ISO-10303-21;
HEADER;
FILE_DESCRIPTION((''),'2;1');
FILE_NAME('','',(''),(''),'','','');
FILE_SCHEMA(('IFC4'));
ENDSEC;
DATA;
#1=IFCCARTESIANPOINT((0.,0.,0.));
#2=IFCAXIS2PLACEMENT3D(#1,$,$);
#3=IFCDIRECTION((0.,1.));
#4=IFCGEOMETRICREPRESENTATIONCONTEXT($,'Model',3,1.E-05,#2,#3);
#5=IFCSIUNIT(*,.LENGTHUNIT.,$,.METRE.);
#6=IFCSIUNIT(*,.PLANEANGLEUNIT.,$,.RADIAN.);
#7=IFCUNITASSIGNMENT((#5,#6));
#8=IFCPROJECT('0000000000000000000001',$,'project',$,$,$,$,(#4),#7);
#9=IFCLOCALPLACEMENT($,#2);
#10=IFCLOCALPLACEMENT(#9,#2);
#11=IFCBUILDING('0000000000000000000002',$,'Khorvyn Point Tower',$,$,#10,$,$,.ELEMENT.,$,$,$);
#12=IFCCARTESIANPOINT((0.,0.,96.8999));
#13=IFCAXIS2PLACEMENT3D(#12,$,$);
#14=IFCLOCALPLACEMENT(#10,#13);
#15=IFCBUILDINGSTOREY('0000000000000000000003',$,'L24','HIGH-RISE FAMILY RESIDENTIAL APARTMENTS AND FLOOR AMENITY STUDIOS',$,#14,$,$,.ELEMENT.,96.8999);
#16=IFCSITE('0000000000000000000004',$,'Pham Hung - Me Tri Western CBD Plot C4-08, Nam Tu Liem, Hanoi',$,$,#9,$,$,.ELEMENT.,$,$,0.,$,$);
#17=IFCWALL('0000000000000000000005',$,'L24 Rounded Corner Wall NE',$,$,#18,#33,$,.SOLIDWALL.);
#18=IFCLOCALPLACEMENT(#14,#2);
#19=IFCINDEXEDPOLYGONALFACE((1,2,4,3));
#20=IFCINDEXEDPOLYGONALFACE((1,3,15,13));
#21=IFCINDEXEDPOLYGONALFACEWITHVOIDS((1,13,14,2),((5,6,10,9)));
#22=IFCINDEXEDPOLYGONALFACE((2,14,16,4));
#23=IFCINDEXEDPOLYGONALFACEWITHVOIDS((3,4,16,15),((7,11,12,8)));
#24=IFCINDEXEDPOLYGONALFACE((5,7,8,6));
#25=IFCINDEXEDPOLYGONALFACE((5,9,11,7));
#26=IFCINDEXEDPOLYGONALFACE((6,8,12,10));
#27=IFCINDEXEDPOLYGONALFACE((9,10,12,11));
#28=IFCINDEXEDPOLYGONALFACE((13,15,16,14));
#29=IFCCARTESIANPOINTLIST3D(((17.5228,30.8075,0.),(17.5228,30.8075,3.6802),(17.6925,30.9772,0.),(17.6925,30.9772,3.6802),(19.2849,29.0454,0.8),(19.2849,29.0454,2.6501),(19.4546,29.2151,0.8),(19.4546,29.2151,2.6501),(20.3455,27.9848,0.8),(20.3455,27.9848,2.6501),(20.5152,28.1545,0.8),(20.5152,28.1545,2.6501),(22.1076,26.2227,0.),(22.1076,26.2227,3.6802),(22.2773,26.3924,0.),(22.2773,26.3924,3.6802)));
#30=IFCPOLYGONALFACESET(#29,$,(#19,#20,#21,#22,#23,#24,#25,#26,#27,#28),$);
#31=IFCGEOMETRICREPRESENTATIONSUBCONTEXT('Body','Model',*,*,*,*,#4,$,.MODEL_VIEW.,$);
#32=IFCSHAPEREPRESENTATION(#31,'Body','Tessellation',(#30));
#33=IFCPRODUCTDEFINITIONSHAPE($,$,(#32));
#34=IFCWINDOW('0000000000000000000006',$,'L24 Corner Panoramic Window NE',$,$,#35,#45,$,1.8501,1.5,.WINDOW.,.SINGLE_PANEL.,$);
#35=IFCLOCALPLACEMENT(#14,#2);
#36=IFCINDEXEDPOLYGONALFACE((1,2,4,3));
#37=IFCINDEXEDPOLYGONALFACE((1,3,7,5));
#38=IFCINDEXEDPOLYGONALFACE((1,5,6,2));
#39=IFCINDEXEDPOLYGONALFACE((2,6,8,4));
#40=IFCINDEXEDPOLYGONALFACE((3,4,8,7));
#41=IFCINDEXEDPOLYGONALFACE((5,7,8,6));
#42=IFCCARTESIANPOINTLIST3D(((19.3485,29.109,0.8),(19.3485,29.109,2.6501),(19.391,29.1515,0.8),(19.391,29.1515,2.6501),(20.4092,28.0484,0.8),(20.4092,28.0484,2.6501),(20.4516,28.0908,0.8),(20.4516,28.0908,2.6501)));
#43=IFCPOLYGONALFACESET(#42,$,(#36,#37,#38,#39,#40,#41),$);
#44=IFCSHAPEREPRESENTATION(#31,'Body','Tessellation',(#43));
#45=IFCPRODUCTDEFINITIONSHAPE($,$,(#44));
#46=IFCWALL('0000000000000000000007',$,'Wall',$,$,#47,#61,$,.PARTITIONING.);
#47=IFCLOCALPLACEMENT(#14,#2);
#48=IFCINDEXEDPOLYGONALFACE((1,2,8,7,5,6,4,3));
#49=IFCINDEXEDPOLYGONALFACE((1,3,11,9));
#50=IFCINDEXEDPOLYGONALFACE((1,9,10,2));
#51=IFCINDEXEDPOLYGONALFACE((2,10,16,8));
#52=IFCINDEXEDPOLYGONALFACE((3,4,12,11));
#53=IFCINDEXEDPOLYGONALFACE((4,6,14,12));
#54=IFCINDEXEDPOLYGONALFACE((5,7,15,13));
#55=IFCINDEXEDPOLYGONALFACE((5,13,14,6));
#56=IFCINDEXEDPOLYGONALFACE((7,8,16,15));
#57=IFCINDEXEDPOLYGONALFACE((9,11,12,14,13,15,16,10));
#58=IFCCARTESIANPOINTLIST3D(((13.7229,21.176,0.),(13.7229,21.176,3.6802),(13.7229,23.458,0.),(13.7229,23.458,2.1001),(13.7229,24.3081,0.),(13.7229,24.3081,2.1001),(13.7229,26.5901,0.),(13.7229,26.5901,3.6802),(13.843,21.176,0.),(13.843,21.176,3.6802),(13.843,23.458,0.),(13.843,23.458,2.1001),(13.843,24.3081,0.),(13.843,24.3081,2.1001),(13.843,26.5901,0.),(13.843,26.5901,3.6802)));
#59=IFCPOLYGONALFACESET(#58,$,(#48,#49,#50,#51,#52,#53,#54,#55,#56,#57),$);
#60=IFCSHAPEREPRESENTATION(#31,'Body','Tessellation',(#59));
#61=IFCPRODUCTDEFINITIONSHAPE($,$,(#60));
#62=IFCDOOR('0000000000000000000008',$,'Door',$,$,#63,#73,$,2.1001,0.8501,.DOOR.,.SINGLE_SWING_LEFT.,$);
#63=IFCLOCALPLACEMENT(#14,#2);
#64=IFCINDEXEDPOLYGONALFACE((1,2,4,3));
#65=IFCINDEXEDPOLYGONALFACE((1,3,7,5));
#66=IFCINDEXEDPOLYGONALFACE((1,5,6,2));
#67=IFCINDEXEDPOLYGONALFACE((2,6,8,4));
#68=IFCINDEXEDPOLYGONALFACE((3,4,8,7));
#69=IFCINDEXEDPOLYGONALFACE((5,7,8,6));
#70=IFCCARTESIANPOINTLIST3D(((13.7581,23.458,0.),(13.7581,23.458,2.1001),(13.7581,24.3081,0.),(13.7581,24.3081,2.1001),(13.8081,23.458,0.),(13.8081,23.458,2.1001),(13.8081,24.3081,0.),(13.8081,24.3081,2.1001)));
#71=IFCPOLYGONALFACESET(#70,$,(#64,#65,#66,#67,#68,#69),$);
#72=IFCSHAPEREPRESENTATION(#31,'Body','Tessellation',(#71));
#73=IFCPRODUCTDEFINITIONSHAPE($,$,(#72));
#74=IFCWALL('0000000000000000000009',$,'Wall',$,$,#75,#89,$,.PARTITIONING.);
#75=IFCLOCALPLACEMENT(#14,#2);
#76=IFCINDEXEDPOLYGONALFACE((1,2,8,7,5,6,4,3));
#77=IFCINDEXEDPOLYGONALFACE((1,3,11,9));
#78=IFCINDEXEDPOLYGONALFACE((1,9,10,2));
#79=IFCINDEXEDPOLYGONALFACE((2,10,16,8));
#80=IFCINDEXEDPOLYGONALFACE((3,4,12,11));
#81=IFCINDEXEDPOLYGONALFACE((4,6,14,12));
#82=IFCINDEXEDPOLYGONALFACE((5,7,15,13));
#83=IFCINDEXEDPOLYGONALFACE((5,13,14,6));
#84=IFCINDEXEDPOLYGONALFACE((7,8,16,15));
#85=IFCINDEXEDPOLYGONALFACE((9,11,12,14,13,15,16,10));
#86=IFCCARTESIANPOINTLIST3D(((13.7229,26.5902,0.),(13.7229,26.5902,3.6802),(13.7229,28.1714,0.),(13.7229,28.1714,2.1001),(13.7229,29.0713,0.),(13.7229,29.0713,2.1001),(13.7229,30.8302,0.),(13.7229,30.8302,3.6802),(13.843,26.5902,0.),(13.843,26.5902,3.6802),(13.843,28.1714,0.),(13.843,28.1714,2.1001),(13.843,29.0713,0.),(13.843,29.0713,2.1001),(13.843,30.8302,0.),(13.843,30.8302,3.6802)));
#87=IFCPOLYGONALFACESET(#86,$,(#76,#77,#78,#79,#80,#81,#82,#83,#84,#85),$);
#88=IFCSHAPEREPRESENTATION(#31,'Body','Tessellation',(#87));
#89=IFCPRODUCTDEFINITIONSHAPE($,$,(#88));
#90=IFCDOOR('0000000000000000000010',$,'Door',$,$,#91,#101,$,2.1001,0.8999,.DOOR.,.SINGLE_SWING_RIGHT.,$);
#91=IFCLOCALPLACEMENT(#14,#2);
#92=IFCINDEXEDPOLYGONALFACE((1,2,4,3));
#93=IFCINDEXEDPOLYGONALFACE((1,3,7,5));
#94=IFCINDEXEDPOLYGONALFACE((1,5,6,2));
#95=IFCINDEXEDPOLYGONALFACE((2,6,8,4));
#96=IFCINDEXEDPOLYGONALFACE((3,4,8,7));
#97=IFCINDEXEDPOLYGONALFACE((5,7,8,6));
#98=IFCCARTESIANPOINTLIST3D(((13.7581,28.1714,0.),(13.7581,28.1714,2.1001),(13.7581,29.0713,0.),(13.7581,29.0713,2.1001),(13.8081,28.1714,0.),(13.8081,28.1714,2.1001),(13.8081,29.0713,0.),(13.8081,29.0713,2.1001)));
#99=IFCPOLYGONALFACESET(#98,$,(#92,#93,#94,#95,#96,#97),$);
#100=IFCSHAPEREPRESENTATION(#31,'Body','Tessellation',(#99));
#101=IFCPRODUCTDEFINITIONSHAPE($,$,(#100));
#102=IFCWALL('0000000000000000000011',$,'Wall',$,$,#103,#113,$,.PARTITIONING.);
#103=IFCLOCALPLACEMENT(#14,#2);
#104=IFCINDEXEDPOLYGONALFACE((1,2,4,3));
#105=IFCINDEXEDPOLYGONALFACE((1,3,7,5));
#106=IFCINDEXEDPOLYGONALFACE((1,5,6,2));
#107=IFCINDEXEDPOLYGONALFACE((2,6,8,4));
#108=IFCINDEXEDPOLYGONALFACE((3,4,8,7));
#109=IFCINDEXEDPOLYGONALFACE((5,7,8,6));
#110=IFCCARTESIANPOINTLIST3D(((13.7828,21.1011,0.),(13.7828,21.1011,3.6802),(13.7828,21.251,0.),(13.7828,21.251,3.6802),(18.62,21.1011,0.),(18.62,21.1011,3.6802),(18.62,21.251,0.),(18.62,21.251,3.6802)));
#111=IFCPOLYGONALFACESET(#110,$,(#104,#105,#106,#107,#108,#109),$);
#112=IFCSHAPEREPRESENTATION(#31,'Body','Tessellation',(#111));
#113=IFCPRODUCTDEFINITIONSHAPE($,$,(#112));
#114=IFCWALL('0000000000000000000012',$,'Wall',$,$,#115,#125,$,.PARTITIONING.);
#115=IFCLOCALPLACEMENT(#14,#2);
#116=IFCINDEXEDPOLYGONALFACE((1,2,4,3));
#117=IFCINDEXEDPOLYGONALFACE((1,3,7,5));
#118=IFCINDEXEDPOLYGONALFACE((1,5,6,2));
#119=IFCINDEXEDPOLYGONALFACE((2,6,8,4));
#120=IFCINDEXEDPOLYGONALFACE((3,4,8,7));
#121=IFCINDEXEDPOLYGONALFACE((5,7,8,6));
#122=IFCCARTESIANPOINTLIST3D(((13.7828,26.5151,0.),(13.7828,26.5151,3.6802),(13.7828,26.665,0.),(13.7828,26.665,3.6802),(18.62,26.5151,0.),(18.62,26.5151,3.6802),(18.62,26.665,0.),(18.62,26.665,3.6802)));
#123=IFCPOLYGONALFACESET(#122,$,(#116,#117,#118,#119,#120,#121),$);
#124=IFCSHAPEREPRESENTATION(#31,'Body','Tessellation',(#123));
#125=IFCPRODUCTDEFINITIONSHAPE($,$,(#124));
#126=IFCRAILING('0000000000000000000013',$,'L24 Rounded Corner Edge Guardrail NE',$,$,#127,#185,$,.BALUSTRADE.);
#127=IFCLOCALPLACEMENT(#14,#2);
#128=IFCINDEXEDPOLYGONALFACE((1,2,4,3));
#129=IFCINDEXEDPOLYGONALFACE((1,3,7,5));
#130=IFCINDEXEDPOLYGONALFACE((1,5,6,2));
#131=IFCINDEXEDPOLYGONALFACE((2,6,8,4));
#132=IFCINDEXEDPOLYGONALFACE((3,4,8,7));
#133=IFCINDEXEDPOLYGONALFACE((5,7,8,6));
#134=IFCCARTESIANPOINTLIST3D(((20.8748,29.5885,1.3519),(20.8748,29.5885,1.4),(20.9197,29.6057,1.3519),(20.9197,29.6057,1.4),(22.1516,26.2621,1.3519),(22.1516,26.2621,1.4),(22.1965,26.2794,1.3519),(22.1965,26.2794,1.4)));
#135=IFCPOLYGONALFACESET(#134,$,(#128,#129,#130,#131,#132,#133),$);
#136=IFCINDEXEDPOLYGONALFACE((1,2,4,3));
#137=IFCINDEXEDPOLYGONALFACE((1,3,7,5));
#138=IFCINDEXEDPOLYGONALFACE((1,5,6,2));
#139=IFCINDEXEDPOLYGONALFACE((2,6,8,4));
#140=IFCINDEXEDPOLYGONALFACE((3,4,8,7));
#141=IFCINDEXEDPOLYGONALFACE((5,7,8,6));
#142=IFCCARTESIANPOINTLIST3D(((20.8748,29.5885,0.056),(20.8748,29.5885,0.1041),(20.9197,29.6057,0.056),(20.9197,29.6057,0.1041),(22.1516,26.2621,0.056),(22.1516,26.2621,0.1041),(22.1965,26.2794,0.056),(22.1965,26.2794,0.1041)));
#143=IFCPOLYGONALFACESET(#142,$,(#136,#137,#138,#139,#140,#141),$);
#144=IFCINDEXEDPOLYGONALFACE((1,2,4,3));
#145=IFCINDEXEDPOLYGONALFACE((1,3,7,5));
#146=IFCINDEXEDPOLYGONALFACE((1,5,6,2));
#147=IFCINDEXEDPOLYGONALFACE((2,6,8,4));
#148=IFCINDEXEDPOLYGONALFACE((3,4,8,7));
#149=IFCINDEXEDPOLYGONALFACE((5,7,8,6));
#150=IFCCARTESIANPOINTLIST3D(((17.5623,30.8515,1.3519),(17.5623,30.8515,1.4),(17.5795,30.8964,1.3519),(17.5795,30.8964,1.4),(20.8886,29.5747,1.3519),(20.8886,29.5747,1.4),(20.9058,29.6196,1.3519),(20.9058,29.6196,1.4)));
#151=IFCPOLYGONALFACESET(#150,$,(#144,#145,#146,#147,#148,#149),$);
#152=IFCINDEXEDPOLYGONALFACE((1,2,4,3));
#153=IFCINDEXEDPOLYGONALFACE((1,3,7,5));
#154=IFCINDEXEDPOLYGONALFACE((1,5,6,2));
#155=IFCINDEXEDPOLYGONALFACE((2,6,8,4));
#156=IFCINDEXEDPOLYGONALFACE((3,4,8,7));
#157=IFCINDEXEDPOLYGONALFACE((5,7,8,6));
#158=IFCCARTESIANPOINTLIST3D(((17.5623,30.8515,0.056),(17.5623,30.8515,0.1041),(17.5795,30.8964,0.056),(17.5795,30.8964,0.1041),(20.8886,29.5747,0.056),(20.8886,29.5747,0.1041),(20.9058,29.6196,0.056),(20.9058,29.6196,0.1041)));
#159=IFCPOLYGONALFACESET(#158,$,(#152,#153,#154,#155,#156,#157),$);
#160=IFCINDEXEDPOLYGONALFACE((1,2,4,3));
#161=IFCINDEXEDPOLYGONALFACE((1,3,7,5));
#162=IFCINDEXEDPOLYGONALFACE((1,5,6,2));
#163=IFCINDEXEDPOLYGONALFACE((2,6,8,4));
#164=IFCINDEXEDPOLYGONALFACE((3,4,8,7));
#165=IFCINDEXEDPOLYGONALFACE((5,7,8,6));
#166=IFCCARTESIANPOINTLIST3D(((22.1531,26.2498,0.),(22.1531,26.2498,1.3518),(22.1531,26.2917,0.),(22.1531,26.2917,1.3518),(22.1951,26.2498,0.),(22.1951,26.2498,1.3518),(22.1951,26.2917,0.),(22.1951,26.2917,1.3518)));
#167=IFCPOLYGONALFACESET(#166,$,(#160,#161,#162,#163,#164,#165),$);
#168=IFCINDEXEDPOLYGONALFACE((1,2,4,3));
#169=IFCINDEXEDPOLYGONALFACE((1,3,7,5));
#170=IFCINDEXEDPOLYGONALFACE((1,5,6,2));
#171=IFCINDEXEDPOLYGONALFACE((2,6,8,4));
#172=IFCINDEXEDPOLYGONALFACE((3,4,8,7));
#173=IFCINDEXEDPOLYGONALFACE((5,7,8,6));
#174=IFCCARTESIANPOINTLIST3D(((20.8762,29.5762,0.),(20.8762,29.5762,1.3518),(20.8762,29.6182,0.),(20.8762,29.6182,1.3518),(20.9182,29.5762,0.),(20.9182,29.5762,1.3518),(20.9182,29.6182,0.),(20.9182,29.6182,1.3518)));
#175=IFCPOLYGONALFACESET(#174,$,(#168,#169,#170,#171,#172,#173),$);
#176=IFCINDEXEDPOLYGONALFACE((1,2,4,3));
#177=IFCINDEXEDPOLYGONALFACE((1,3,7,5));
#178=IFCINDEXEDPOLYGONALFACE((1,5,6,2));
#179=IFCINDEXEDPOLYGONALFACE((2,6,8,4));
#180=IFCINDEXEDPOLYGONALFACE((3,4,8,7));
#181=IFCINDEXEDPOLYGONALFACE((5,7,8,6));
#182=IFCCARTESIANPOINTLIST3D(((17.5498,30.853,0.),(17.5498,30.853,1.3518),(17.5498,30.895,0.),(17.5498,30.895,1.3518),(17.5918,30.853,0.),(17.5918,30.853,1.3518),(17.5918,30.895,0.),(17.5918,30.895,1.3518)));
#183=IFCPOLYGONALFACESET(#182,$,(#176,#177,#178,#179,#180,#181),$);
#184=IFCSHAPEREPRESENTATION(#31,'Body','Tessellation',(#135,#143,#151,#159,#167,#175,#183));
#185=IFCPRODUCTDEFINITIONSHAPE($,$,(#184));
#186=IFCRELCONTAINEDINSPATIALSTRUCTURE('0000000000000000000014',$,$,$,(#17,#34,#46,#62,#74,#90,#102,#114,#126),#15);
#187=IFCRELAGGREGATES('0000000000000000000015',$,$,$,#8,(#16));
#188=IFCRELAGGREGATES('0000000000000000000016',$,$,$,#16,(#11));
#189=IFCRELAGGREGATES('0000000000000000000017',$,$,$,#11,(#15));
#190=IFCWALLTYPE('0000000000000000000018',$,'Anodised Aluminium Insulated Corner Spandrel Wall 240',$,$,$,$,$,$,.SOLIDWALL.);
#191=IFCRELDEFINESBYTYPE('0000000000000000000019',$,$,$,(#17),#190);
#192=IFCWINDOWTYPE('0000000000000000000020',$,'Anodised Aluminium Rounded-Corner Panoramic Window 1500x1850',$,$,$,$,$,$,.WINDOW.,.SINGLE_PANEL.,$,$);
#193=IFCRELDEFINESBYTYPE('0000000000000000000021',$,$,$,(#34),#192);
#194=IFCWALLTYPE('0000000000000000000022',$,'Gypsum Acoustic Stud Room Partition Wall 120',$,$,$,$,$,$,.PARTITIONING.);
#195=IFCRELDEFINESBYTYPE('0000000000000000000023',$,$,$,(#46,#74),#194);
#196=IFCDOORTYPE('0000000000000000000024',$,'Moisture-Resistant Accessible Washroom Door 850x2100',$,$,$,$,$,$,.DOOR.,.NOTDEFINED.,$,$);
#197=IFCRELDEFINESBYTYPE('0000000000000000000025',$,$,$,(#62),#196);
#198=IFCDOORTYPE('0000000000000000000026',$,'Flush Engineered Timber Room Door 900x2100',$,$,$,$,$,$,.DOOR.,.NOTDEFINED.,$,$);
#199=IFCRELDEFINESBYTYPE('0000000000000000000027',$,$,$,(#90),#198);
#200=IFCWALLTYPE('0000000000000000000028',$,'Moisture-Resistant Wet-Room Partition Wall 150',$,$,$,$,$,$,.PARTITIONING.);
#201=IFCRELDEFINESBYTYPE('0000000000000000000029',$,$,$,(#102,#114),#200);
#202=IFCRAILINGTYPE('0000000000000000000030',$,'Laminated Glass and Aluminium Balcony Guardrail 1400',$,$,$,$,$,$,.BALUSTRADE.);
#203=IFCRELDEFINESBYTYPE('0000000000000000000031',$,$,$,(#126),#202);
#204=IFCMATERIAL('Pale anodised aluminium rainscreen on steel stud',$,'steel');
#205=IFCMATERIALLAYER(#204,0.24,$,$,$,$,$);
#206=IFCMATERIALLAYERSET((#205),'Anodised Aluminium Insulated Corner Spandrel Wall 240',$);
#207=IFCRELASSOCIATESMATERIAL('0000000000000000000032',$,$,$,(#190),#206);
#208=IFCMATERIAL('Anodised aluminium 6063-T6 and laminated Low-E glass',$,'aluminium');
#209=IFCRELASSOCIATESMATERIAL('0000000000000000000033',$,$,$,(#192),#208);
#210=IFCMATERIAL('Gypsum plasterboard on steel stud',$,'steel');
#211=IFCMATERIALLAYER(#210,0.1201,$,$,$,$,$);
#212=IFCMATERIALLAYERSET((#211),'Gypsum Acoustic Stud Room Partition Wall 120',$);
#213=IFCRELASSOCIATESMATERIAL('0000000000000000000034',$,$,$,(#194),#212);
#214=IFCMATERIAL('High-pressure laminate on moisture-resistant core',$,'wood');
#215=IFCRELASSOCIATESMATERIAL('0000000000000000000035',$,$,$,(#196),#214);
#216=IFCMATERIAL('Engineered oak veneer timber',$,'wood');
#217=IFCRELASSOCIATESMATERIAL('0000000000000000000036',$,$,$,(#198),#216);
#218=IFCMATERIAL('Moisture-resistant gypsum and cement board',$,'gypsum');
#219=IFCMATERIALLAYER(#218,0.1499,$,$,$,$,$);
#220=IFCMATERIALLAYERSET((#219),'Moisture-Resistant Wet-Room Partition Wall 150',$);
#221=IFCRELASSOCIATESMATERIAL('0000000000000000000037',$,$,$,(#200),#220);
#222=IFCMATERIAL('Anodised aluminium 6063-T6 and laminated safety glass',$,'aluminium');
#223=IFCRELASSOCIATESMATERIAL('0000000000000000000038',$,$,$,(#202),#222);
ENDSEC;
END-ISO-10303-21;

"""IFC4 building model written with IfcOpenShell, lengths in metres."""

from ifc_helpers import new_model, si_unit, direction, frame, frame_2d, origin, origin_2d, place, context, subcontext, project, spatial, rectangle, extrude, material, layer, layer_set, type_object, element, fill, save


model = new_model("IFC4")

# Units and contexts
model_context = context("Model", 3, precision=1e-05, world=origin(), true_north=direction((0.0, 1.0)))
body_context = subcontext(model_context, "Body", "Model", "MODEL_VIEW")
ifc_project = project(units=[si_unit("LENGTHUNIT", "METRE"), si_unit("PLANEANGLEUNIT", "RADIAN")], contexts=[model_context])

# Site, building, storey
site_placement = place(None, origin())
site = spatial("IfcSite", under=ifc_project, at=site_placement, Name="Pham Hung - Me Tri Western CBD Plot C4-08, Nam Tu Liem, Hanoi", CompositionType="ELEMENT", RefElevation=0.0)
building_placement = place(site_placement, origin())
building = spatial("IfcBuilding", under=site, at=building_placement, Name="Khorvyn Point Tower", CompositionType="ELEMENT")
storey_placement = place(building_placement, frame((0.0, 0.0, 96.8999)))
storey = spatial("IfcBuildingStorey", under=building, at=storey_placement, Name="L24", Description="HIGH-RISE FAMILY RESIDENTIAL APARTMENTS AND FLOOR AMENITY STUDIOS", CompositionType="ELEMENT", Elevation=96.8999)

# Shared definitions
ifc_material_1 = material(Name="Anodised aluminium 6063-T6 and laminated Low-E glass", Category="aluminium")

# Wall, opening, window
ifc_material_2 = material(Name="Pale anodised aluminium rainscreen on steel stud", Category="steel")
ifc_layer_1 = layer(ifc_material_2, 0.24)
ifc_layer_set_1 = layer_set([ifc_layer_1], Name="Anodised Aluminium Insulated Corner Spandrel Wall 240")
wall_type_1 = type_object("IfcWallType", Name="Anodised Aluminium Insulated Corner Spandrel Wall 240", PredefinedType="SOLIDWALL", material=ifc_layer_set_1)
wall_1_placement = place(storey_placement, frame((17.6077, 30.8923, 0.0), z_axis=(0.0, 0.0, 1.0), x_axis=(0.707107, -0.707107, 0.0)))
wall_1 = element("IfcWall", 1, at=wall_1_placement, inside=storey, type_object=wall_type_1, Name="L24 Rounded Corner Wall NE", PredefinedType="SOLIDWALL", context=body_context, shape_type="SweptSolid", body=[
    extrude(rectangle(XDim=6.4839, YDim=0.24, at=frame_2d((3.2419, 0.0))), origin(), (0.0, 0.0, 1.0), 3.6802),
])
opening_1_placement = place(wall_1_placement, frame((2.4919, 0.0, 0.8)))
opening_1 = element("IfcOpeningElement", 2, at=opening_1_placement, cuts=wall_1, PredefinedType="OPENING", context=body_context, shape_type="SweptSolid", body=[
    extrude(rectangle(XDim=1.5, YDim=1.8501, at=frame_2d((0.75, 0.925))), frame((0.0, 0.1299, 0.0), z_axis=(0.0, -1.0, 0.0), x_axis=(1.0, 0.0, 0.0)), (0.0, 0.0, 1.0), 0.26),
])
window_type = type_object("IfcWindowType", Name="Anodised Aluminium Rounded-Corner Panoramic Window 1500x1850", PartitioningType="SINGLE_PANEL", PredefinedType="WINDOW", material=ifc_material_1)
window_placement = place(opening_1_placement, origin())
window = element("IfcWindow", 3, at=window_placement, inside=storey, type_object=window_type, Name="L24 Corner Panoramic Window NE", OverallHeight=1.8501, OverallWidth=1.5, PartitioningType="SINGLE_PANEL", PredefinedType="WINDOW", context=body_context, shape_type="SweptSolid", body=[
    extrude(rectangle(XDim=1.5, YDim=1.8501, at=frame_2d((0.75, 0.925))), frame((0.0, 0.03, 0.0), z_axis=(0.0, -1.0, 0.0), x_axis=(1.0, 0.0, 0.0)), (0.0, 0.0, 1.0), 0.0601),
])
fill(opening_1, window)

# Walls, openings, doors
ifc_material_3 = material(Name="Gypsum plasterboard on steel stud", Category="steel")
ifc_layer_2 = layer(ifc_material_3, 0.1201)
ifc_layer_set_2 = layer_set([ifc_layer_2], Name="Gypsum Acoustic Stud Room Partition Wall 120")
wall_type_2 = type_object("IfcWallType", Name="Gypsum Acoustic Stud Room Partition Wall 120", PredefinedType="PARTITIONING", material=ifc_layer_set_2)
wall_2_placement = place(storey_placement, frame((13.783, 21.176, 0.0), z_axis=(0.0, 0.0, 1.0), x_axis=(0.0, 1.0, 0.0)))
wall_2 = element("IfcWall", 4, at=wall_2_placement, inside=storey, type_object=wall_type_2, Name="Wall", PredefinedType="PARTITIONING", context=body_context, shape_type="SweptSolid", body=[
    extrude(rectangle(XDim=5.4141, YDim=0.1201, at=frame_2d((2.707, 0.0))), origin(), (0.0, 0.0, 1.0), 3.6802),
])
opening_2_placement = place(wall_2_placement, frame((2.282, 0.0, 0.0)))
opening_2 = element("IfcOpeningElement", 5, at=opening_2_placement, cuts=wall_2, PredefinedType="OPENING", context=body_context, shape_type="SweptSolid", body=[
    extrude(rectangle(XDim=0.8501, YDim=2.1001, at=frame_2d((0.425, 1.05))), frame((0.0, 0.0701, 0.0), z_axis=(0.0, -1.0, 0.0), x_axis=(1.0, 0.0, 0.0)), (0.0, 0.0, 1.0), 0.1401),
])
ifc_material_4 = material(Name="High-pressure laminate on moisture-resistant core", Category="wood")
door_type_1 = type_object("IfcDoorType", Name="Moisture-Resistant Accessible Washroom Door 850x2100", OperationType="NOTDEFINED", PredefinedType="DOOR", material=ifc_material_4)
door_1_placement = place(opening_2_placement, origin())
door_1 = element("IfcDoor", 6, at=door_1_placement, inside=storey, type_object=door_type_1, Name="Door", OperationType="SINGLE_SWING_LEFT", OverallHeight=2.1001, OverallWidth=0.8501, PredefinedType="DOOR", context=body_context, shape_type="SweptSolid", body=[
    extrude(rectangle(XDim=0.8501, YDim=2.1001, at=frame_2d((0.425, 1.05))), frame((0.0, 0.0249, 0.0), z_axis=(0.0, -1.0, 0.0), x_axis=(1.0, 0.0, 0.0)), (0.0, 0.0, 1.0), 0.05),
])
fill(opening_2, door_1)
wall_3_placement = place(storey_placement, frame((13.783, 26.5901, 0.0), z_axis=(0.0, 0.0, 1.0), x_axis=(0.0, 1.0, 0.0)))
wall_3 = element("IfcWall", 7, at=wall_3_placement, inside=storey, type_object=wall_type_2, Name="Wall", PredefinedType="PARTITIONING", context=body_context, shape_type="SweptSolid", body=[
    extrude(rectangle(XDim=4.24, YDim=0.1201, at=frame_2d((2.1201, 0.0))), origin(), (0.0, 0.0, 1.0), 3.6802),
])
opening_3_placement = place(wall_3_placement, frame((1.5813, 0.0, 0.0)))
opening_3 = element("IfcOpeningElement", 8, at=opening_3_placement, cuts=wall_3, PredefinedType="OPENING", context=body_context, shape_type="SweptSolid", body=[
    extrude(rectangle(XDim=0.8999, YDim=2.1001, at=frame_2d((0.45, 1.05))), frame((0.0, 0.0701, 0.0), z_axis=(0.0, -1.0, 0.0), x_axis=(1.0, 0.0, 0.0)), (0.0, 0.0, 1.0), 0.1401),
])
ifc_material_5 = material(Name="Engineered oak veneer timber", Category="wood")
door_type_2 = type_object("IfcDoorType", Name="Flush Engineered Timber Room Door 900x2100", OperationType="NOTDEFINED", PredefinedType="DOOR", material=ifc_material_5)
door_2_placement = place(opening_3_placement, origin())
door_2 = element("IfcDoor", 9, at=door_2_placement, inside=storey, type_object=door_type_2, Name="Door", OperationType="SINGLE_SWING_RIGHT", OverallHeight=2.1001, OverallWidth=0.8999, PredefinedType="DOOR", context=body_context, shape_type="SweptSolid", body=[
    extrude(rectangle(XDim=0.8999, YDim=2.1001, at=frame_2d((0.45, 1.05))), frame((0.0, 0.0249, 0.0), z_axis=(0.0, -1.0, 0.0), x_axis=(1.0, 0.0, 0.0)), (0.0, 0.0, 1.0), 0.05),
])
fill(opening_3, door_2)

# Walls
ifc_material_6 = material(Name="Moisture-resistant gypsum and cement board", Category="gypsum")
ifc_layer_3 = layer(ifc_material_6, 0.1499)
ifc_layer_set_3 = layer_set([ifc_layer_3], Name="Moisture-Resistant Wet-Room Partition Wall 150")
wall_type_3 = type_object("IfcWallType", Name="Moisture-Resistant Wet-Room Partition Wall 150", PredefinedType="PARTITIONING", material=ifc_layer_set_3)
for number, where, z_axis, x_axis, name in (
    (10, (13.783, 21.176, 0.0), (0.0, 0.0, 1.0), (1.0, 0.0, 0.0), "Wall"),
    (11, (13.783, 26.5901, 0.0), (0.0, 0.0, 1.0), (1.0, 0.0, 0.0), "Wall"),
):
    element("IfcWall", number, at=place(storey_placement, frame(where, z_axis=z_axis, x_axis=x_axis)), inside=storey, type_object=wall_type_3, Name=name, PredefinedType="PARTITIONING", context=body_context, shape_type="SweptSolid", body=[
        extrude(rectangle(XDim=4.8372, YDim=0.1499, at=frame_2d((2.4185, 0.0))), origin(), (0.0, 0.0, 1.0), 3.6802),
    ])

# Railing
ifc_material_7 = material(Name="Anodised aluminium 6063-T6 and laminated safety glass", Category="aluminium")
railing_type = type_object("IfcRailingType", Name="Laminated Glass and Aluminium Balcony Guardrail 1400", PredefinedType="BALUSTRADE", material=ifc_material_7)
railing_placement = place(storey_placement, frame((22.1741, 26.2708, 0.0)))
element("IfcRailing", 12, at=railing_placement, inside=storey, type_object=railing_type, Name="L24 Rounded Corner Edge Guardrail NE", PredefinedType="BALUSTRADE", context=body_context, shape_type="SweptSolid", body=[
    extrude(rectangle(XDim=0.0481, YDim=0.0481, at=origin_2d()), frame((0.0, 0.0, 1.376), z_axis=(-0.358359, 0.933584, 0.0), x_axis=(-0.933584, -0.358359, 0.0)), (0.0, 0.0, 1.0), 3.563),
    extrude(rectangle(XDim=0.0481, YDim=0.0481, at=origin_2d()), frame((0.0, 0.0, 0.0801), z_axis=(-0.358359, 0.933584, 0.0), x_axis=(-0.933584, -0.358359, 0.0)), (0.0, 0.0, 1.0), 3.563),
    extrude(rectangle(XDim=0.0481, YDim=0.0481, at=origin_2d()), frame((-1.2769, 3.3264, 1.376), z_axis=(-0.933584, 0.358359, 0.0), x_axis=(-0.358359, -0.933584, 0.0)), (0.0, 0.0, 1.0), 3.563),
    extrude(rectangle(XDim=0.0481, YDim=0.0481, at=origin_2d()), frame((-1.2769, 3.3264, 0.0801), z_axis=(-0.933584, 0.358359, 0.0), x_axis=(-0.358359, -0.933584, 0.0)), (0.0, 0.0, 1.0), 3.563),
    extrude(rectangle(XDim=0.042, YDim=0.042, at=origin_2d()), origin(), (0.0, 0.0, 1.0), 1.3518),
    extrude(rectangle(XDim=0.042, YDim=0.042, at=origin_2d()), frame((-1.2769, 3.3264, 0.0)), (0.0, 0.0, 1.0), 1.3518),
    extrude(rectangle(XDim=0.042, YDim=0.042, at=origin_2d()), frame((-4.6033, 4.6033, 0.0)), (0.0, 0.0, 1.0), 1.3518),
])

save(model, "model.ifc")
